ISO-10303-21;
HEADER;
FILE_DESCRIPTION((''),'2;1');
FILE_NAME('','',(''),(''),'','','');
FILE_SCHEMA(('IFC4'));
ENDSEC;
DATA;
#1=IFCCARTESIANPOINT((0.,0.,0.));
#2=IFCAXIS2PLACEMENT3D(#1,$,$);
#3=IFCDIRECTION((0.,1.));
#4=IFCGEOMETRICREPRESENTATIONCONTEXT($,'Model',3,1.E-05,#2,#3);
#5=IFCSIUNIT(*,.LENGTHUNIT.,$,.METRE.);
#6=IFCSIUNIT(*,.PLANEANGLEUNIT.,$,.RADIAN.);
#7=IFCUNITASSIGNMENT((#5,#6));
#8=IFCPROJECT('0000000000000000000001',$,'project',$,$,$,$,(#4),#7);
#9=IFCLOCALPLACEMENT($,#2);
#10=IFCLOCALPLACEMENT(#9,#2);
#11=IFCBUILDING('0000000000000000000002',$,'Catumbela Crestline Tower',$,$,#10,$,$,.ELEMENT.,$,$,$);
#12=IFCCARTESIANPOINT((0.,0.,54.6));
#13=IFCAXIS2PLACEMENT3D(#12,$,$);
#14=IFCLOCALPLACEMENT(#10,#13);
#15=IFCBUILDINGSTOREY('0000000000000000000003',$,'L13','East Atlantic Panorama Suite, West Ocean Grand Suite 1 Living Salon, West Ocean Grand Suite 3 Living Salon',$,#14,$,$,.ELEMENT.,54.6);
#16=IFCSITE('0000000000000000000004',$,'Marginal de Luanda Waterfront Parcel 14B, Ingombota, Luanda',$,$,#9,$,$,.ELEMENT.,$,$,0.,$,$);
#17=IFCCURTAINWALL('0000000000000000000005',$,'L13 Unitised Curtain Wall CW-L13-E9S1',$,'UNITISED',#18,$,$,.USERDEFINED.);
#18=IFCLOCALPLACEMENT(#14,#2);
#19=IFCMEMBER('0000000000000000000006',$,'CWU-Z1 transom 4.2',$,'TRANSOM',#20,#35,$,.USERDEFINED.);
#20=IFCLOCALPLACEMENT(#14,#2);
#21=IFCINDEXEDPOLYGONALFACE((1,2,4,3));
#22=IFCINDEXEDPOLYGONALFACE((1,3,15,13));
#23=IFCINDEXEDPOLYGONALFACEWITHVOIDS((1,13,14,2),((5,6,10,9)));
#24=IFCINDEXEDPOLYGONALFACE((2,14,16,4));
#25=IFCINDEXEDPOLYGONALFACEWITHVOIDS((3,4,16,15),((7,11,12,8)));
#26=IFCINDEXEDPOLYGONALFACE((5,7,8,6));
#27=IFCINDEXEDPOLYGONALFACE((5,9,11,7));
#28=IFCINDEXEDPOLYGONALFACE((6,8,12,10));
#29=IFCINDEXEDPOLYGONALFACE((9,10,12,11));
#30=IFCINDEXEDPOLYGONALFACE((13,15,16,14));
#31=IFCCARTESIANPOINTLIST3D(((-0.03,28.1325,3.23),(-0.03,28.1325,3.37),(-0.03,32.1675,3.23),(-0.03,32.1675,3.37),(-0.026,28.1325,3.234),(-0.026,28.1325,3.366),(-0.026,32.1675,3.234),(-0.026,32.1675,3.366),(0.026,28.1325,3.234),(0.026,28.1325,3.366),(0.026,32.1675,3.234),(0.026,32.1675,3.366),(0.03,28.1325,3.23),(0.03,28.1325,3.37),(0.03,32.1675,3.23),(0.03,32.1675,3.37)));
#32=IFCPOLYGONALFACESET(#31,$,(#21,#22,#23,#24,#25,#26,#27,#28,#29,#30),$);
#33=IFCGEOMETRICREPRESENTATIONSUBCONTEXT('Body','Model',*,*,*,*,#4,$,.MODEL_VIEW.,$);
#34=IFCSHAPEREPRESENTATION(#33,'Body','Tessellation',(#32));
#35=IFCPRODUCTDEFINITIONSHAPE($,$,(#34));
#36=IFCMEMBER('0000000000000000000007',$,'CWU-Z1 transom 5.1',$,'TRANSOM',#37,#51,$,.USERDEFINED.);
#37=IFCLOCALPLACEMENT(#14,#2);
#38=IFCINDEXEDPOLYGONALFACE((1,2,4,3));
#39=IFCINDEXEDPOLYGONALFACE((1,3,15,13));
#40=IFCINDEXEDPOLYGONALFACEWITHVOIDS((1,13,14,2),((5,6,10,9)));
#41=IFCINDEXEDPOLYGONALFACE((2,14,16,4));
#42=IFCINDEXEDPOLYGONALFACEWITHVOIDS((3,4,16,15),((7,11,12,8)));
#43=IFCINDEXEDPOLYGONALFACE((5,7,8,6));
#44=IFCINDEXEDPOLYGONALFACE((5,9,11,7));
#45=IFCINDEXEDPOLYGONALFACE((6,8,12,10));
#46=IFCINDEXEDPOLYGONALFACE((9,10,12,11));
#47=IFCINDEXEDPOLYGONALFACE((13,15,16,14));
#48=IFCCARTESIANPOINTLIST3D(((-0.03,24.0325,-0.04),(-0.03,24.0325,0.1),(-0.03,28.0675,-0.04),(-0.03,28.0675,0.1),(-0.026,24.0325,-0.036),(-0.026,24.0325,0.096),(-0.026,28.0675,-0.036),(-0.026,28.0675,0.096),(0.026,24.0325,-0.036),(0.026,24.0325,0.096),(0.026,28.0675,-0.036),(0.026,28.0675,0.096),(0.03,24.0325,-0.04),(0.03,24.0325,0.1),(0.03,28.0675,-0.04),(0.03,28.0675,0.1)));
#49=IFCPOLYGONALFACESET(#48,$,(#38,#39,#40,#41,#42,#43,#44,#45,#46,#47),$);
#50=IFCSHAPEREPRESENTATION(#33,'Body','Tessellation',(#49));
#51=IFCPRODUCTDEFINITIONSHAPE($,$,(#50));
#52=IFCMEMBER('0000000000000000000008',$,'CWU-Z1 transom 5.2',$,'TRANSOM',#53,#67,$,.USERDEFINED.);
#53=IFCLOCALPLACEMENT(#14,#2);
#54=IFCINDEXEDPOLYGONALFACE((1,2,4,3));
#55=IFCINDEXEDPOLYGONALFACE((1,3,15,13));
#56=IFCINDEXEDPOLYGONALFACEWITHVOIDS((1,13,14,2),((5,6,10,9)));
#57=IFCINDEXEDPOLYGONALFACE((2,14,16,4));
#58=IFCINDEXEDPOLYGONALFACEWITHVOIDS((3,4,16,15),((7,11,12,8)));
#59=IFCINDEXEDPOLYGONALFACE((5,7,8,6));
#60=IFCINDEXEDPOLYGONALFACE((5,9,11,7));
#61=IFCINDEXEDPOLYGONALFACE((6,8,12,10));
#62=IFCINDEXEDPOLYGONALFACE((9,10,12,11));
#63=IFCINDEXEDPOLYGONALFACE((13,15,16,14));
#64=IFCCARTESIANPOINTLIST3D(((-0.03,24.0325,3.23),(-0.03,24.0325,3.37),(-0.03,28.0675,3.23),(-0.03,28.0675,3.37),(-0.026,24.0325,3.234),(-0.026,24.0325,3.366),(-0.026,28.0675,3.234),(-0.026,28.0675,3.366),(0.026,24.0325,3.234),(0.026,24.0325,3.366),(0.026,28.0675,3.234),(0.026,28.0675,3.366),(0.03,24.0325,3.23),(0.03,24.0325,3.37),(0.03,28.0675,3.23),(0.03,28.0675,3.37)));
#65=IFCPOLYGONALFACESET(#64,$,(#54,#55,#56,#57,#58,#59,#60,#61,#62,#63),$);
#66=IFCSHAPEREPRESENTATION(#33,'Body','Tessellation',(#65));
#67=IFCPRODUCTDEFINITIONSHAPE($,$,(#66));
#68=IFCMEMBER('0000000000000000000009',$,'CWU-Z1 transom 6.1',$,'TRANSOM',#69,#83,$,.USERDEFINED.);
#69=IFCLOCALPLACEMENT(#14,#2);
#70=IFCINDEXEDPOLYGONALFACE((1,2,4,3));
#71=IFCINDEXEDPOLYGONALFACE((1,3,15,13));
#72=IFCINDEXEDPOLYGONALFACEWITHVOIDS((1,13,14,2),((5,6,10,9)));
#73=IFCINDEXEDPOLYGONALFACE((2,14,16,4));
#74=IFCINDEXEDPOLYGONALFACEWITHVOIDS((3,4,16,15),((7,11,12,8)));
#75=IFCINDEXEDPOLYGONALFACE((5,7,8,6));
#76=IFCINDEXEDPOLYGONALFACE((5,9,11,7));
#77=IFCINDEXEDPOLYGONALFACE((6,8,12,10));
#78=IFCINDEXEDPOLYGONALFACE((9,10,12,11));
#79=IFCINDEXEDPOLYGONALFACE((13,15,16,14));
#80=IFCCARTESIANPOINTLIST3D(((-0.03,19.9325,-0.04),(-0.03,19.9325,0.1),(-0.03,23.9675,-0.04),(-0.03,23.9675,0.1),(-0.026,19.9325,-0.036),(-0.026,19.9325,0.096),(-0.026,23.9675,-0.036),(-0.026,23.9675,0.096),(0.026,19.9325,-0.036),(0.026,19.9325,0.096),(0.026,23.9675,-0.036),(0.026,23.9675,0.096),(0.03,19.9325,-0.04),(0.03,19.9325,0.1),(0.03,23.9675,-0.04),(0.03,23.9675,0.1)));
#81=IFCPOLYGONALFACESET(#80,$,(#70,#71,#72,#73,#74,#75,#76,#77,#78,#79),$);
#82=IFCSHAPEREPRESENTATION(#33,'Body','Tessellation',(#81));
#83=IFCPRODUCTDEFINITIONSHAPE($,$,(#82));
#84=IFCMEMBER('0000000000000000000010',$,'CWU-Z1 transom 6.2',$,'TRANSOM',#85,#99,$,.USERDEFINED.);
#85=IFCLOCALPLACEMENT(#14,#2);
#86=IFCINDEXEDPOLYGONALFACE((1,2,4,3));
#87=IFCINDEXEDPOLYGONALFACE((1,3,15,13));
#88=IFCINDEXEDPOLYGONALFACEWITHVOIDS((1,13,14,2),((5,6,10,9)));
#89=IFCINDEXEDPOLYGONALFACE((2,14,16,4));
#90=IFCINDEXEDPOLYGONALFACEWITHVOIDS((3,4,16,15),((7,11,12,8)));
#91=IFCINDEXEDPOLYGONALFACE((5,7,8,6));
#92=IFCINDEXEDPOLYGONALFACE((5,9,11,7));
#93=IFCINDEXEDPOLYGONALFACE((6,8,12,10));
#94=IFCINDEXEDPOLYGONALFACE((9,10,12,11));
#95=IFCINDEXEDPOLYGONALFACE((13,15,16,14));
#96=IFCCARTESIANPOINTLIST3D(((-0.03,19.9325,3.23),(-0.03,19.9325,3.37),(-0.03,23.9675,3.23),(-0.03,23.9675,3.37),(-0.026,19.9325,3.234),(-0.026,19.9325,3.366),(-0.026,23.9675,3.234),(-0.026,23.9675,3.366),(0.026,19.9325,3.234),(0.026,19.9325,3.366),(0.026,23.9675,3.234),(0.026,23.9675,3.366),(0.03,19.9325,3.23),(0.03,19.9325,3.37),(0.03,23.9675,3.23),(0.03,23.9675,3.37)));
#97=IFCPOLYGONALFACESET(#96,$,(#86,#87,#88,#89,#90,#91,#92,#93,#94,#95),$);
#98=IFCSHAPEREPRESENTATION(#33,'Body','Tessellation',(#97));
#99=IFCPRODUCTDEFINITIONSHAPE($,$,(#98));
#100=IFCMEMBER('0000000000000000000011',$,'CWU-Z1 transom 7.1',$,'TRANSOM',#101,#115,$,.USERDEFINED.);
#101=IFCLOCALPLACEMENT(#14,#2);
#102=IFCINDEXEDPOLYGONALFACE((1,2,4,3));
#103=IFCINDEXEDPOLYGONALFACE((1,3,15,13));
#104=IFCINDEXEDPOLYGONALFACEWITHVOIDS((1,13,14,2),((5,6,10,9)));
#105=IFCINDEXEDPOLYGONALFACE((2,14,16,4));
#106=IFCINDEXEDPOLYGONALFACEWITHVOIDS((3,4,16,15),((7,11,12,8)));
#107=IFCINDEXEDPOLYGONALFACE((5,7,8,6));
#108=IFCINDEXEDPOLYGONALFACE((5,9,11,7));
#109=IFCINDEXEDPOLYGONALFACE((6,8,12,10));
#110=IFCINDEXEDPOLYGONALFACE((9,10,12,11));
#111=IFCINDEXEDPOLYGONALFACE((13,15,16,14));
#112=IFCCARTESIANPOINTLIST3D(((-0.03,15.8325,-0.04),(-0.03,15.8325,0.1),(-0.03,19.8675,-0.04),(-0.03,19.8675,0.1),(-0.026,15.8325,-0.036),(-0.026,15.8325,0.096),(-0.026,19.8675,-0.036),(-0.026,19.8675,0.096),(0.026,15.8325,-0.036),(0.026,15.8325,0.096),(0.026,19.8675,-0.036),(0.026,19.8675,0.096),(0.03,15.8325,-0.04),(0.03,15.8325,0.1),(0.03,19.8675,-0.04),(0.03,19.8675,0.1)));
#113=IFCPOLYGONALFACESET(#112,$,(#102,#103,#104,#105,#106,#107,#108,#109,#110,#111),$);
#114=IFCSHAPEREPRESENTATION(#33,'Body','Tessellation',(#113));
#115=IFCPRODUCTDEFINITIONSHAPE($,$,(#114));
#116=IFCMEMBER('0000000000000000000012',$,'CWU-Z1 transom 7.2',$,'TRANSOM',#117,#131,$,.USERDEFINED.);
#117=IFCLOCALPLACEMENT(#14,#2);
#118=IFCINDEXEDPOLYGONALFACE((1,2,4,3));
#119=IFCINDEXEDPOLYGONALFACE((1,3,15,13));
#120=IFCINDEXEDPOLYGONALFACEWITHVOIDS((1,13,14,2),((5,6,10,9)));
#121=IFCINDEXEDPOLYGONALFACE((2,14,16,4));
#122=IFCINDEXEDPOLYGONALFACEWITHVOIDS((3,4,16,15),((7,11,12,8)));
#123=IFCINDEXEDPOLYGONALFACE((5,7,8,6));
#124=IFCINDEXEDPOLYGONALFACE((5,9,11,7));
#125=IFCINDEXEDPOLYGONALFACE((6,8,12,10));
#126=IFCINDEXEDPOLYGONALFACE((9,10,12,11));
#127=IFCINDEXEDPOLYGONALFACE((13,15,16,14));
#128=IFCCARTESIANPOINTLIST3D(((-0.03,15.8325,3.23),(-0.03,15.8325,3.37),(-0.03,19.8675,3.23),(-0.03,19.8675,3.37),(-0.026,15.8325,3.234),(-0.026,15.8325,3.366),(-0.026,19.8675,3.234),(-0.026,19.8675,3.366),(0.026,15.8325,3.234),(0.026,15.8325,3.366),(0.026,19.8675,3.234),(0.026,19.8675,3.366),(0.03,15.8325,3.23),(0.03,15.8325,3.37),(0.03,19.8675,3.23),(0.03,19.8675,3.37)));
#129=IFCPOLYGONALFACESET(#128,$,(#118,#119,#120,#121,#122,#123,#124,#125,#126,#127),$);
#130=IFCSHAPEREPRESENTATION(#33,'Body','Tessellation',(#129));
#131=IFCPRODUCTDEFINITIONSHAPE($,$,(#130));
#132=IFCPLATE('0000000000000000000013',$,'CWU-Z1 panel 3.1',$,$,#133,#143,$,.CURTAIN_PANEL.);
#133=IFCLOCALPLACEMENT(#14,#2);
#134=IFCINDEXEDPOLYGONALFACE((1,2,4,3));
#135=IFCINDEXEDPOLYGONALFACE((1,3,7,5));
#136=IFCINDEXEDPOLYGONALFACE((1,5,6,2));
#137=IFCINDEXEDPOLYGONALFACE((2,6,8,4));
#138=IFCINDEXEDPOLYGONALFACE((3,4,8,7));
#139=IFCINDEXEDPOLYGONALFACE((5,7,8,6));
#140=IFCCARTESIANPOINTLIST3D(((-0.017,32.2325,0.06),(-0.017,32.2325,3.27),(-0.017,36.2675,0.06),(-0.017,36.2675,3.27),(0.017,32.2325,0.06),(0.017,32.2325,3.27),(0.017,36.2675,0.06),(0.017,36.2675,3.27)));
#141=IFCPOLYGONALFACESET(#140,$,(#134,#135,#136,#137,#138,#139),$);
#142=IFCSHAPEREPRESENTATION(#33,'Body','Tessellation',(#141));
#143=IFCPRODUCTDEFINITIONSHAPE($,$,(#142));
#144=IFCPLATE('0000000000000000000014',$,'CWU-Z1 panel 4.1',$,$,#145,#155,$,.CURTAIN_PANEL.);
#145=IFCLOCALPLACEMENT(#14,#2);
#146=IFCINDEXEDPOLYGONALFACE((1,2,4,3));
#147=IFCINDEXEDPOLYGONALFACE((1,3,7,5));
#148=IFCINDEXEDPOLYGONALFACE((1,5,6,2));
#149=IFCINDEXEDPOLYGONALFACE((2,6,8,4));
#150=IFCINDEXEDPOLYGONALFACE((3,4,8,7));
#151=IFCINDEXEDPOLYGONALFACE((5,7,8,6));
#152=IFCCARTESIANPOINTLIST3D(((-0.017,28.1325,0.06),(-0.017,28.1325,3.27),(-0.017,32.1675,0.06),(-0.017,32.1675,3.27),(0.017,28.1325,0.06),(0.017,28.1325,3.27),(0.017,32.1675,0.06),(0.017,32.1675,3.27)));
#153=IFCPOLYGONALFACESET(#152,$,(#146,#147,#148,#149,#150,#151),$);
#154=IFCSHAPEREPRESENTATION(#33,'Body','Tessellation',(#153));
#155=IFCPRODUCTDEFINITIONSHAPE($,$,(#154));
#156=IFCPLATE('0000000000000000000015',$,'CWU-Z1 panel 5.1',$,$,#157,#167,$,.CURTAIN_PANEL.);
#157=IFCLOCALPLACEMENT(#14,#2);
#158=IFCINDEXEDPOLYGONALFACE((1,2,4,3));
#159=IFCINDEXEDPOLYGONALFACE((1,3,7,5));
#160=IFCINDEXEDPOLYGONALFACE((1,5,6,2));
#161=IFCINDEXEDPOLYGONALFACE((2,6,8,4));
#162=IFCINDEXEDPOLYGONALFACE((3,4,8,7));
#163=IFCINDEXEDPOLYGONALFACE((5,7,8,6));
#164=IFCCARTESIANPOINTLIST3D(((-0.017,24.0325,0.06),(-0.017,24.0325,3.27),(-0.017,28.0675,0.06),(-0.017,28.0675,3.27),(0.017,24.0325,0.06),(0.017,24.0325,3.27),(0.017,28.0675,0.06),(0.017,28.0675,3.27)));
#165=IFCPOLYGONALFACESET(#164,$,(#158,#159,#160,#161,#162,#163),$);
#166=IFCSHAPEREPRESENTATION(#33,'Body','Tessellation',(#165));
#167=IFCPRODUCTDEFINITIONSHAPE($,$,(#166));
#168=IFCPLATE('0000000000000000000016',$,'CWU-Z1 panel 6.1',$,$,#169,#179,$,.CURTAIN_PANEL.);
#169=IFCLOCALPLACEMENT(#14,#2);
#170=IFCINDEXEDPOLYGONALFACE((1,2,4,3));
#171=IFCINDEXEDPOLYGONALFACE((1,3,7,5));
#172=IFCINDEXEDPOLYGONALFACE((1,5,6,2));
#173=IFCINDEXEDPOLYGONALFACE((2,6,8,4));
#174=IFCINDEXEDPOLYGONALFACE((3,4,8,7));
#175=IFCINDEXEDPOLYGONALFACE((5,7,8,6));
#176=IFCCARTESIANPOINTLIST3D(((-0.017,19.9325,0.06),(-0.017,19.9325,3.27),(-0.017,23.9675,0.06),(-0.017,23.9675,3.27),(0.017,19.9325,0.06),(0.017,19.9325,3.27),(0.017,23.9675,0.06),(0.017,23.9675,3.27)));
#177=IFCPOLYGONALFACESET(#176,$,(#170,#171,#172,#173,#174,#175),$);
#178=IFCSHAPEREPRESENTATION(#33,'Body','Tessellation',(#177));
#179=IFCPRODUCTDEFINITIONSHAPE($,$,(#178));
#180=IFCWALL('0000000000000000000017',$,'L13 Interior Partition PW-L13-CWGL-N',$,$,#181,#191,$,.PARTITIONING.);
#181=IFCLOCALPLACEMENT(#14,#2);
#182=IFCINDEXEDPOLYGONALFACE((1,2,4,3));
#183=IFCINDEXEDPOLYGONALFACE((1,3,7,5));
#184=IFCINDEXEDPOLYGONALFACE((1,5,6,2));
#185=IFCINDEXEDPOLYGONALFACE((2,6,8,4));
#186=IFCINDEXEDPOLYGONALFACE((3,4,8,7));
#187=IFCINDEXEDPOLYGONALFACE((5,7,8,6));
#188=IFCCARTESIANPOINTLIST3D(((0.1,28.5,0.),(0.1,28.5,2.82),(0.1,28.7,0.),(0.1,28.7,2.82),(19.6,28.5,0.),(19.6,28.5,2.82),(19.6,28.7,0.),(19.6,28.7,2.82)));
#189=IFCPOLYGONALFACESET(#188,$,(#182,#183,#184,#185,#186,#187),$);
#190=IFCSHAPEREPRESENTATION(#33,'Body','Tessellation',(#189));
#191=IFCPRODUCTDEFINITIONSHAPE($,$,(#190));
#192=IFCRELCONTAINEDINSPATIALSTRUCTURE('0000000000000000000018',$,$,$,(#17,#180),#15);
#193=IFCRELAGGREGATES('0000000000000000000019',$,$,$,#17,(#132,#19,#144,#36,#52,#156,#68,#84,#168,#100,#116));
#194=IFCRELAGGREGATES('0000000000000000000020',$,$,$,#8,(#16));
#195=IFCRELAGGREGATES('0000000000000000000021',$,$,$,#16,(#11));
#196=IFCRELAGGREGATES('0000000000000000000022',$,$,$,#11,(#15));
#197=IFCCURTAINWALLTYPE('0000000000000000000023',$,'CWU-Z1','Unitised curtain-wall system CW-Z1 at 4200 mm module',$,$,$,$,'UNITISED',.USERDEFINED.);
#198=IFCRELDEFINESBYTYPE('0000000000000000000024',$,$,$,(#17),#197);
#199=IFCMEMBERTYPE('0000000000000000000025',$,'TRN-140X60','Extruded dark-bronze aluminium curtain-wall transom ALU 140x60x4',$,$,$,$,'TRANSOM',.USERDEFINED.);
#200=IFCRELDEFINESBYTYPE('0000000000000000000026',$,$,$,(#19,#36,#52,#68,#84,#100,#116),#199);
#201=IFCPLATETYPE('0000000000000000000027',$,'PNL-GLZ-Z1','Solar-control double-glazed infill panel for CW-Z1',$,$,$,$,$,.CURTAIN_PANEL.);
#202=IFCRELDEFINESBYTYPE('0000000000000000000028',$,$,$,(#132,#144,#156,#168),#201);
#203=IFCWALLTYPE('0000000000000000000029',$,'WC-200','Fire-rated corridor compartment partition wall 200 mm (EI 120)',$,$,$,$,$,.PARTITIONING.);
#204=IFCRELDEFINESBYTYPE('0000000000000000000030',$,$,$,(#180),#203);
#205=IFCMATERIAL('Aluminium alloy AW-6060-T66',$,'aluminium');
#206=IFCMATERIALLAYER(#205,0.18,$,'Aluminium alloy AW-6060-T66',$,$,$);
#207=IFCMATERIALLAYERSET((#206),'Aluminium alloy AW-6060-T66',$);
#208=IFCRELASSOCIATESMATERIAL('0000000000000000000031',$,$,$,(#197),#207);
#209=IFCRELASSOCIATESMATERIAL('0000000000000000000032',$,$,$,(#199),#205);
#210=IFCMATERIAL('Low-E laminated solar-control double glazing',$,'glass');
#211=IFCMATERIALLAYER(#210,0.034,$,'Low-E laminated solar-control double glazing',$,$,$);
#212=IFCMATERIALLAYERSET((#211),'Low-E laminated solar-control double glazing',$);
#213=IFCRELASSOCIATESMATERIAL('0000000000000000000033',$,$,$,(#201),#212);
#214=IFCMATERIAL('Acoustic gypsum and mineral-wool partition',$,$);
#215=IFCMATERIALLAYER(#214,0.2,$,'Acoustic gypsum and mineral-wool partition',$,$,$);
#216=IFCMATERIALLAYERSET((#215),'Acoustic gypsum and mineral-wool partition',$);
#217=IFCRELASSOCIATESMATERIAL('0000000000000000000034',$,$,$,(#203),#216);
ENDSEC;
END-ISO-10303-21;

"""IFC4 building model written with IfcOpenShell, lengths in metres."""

from ifc_helpers import new_model, si_unit, direction, frame, frame_2d, origin, origin_2d, place, context, subcontext, project, spatial, rectangle, hollow_rectangle, extrude, material, layer, layer_set, material_profile, profile_set, type_object, element, aggregate, save


model = new_model("IFC4")

# Units and contexts
model_context = context("Model", 3, precision=1e-05, world=origin(), true_north=direction((0.0, 1.0)))
body_context = subcontext(model_context, "Body", "Model", "MODEL_VIEW")
ifc_project = project(units=[si_unit("LENGTHUNIT", "METRE"), si_unit("PLANEANGLEUNIT", "RADIAN")], contexts=[model_context])

# Site, building, storey
site_placement = place(None, origin())
site = spatial("IfcSite", under=ifc_project, at=site_placement, Name="Marginal de Luanda Waterfront Parcel 14B, Ingombota, Luanda", CompositionType="ELEMENT", RefElevation=0.0)
building_placement = place(site_placement, origin())
building = spatial("IfcBuilding", under=site, at=building_placement, Name="Catumbela Crestline Tower", CompositionType="ELEMENT")
storey_placement = place(building_placement, frame((0.0, 0.0, 54.6)))
storey = spatial("IfcBuildingStorey", under=building, at=storey_placement, Name="L13", Description="East Atlantic Panorama Suite, West Ocean Grand Suite 1 Living Salon, West Ocean Grand Suite 3 Living Salon", CompositionType="ELEMENT", Elevation=54.6)

# Curtain wall
ifc_material_1 = material(Name="Aluminium alloy AW-6060-T66", Category="aluminium")
ifc_layer_1 = layer(ifc_material_1, 0.18, Name="Aluminium alloy AW-6060-T66")
ifc_layer_set_1 = layer_set([ifc_layer_1], Name="Aluminium alloy AW-6060-T66")
curtain_wall_type = type_object("IfcCurtainWallType", Name="CWU-Z1", Description="Unitised curtain-wall system CW-Z1 at 4200 mm module", ElementType="UNITISED", PredefinedType="USERDEFINED", material=ifc_layer_set_1)
curtain_wall_placement = place(storey_placement, origin())
curtain_wall = element("IfcCurtainWall", 1, at=curtain_wall_placement, inside=storey, type_object=curtain_wall_type, Name="L13 Unitised Curtain Wall CW-L13-E9S1", ObjectType="UNITISED", PredefinedType="USERDEFINED")

# Members
ifc_material_profile_1 = material_profile(ifc_material_1, hollow_rectangle(XDim=0.06, YDim=0.14, WallThickness=0.004, at=origin_2d()), Name="ALU 140x60x4")
ifc_profile_set_1 = profile_set([ifc_material_profile_1], Name="Aluminium alloy AW-6060-T66")
member_type_1 = type_object("IfcMemberType", Name="TRN-140X60", Description="Extruded dark-bronze aluminium curtain-wall transom ALU 140x60x4", ElementType="TRANSOM", PredefinedType="USERDEFINED", material=ifc_profile_set_1)
member_1_placement = place(storey_placement, frame((0.0, 32.1675, 3.3), z_axis=(0.0, -1.0, 0.0), x_axis=(1.0, 0.0, 0.0)))
member_1 = element("IfcMember", 2, at=member_1_placement, type_object=member_type_1, Name="CWU-Z1 transom 4.2", ObjectType="TRANSOM", PredefinedType="USERDEFINED", context=body_context, shape_type="SweptSolid", body=[
    extrude(hollow_rectangle(XDim=0.06, YDim=0.14, WallThickness=0.004, at=origin_2d()), origin(), (0.0, 0.0, 1.0), 4.035),
])
member_2_placement = place(storey_placement, frame((0.0, 28.0675, 0.03), z_axis=(0.0, -1.0, 0.0), x_axis=(1.0, 0.0, 0.0)))
member_2 = element("IfcMember", 3, at=member_2_placement, type_object=member_type_1, Name="CWU-Z1 transom 5.1", ObjectType="TRANSOM", PredefinedType="USERDEFINED", context=body_context, shape_type="SweptSolid", body=[
    extrude(hollow_rectangle(XDim=0.06, YDim=0.14, WallThickness=0.004, at=origin_2d()), origin(), (0.0, 0.0, 1.0), 4.035),
])
member_3_placement = place(storey_placement, frame((0.0, 28.0675, 3.3), z_axis=(0.0, -1.0, 0.0), x_axis=(1.0, 0.0, 0.0)))
member_3 = element("IfcMember", 4, at=member_3_placement, type_object=member_type_1, Name="CWU-Z1 transom 5.2", ObjectType="TRANSOM", PredefinedType="USERDEFINED", context=body_context, shape_type="SweptSolid", body=[
    extrude(hollow_rectangle(XDim=0.06, YDim=0.14, WallThickness=0.004, at=origin_2d()), origin(), (0.0, 0.0, 1.0), 4.035),
])
member_4_placement = place(storey_placement, frame((0.0, 23.9675, 0.03), z_axis=(0.0, -1.0, 0.0), x_axis=(1.0, 0.0, 0.0)))
member_4 = element("IfcMember", 5, at=member_4_placement, type_object=member_type_1, Name="CWU-Z1 transom 6.1", ObjectType="TRANSOM", PredefinedType="USERDEFINED", context=body_context, shape_type="SweptSolid", body=[
    extrude(hollow_rectangle(XDim=0.06, YDim=0.14, WallThickness=0.004, at=origin_2d()), origin(), (0.0, 0.0, 1.0), 4.035),
])
member_5_placement = place(storey_placement, frame((0.0, 23.9675, 3.3), z_axis=(0.0, -1.0, 0.0), x_axis=(1.0, 0.0, 0.0)))
member_5 = element("IfcMember", 6, at=member_5_placement, type_object=member_type_1, Name="CWU-Z1 transom 6.2", ObjectType="TRANSOM", PredefinedType="USERDEFINED", context=body_context, shape_type="SweptSolid", body=[
    extrude(hollow_rectangle(XDim=0.06, YDim=0.14, WallThickness=0.004, at=origin_2d()), origin(), (0.0, 0.0, 1.0), 4.035),
])
member_6_placement = place(storey_placement, frame((0.0, 19.8675, 0.03), z_axis=(0.0, -1.0, 0.0), x_axis=(1.0, 0.0, 0.0)))
member_6 = element("IfcMember", 7, at=member_6_placement, type_object=member_type_1, Name="CWU-Z1 transom 7.1", ObjectType="TRANSOM", PredefinedType="USERDEFINED", context=body_context, shape_type="SweptSolid", body=[
    extrude(hollow_rectangle(XDim=0.06, YDim=0.14, WallThickness=0.004, at=origin_2d()), origin(), (0.0, 0.0, 1.0), 4.035),
])
member_7_placement = place(storey_placement, frame((0.0, 19.8675, 3.3), z_axis=(0.0, -1.0, 0.0), x_axis=(1.0, 0.0, 0.0)))
member_7 = element("IfcMember", 8, at=member_7_placement, type_object=member_type_1, Name="CWU-Z1 transom 7.2", ObjectType="TRANSOM", PredefinedType="USERDEFINED", context=body_context, shape_type="SweptSolid", body=[
    extrude(hollow_rectangle(XDim=0.06, YDim=0.14, WallThickness=0.004, at=origin_2d()), origin(), (0.0, 0.0, 1.0), 4.035),
])

# Plates
ifc_material_2 = material(Name="Low-E laminated solar-control double glazing", Category="glass")
ifc_layer_2 = layer(ifc_material_2, 0.034, Name="Low-E laminated solar-control double glazing")
ifc_layer_set_2 = layer_set([ifc_layer_2], Name="Low-E laminated solar-control double glazing")
plate_type = type_object("IfcPlateType", Name="PNL-GLZ-Z1", Description="Solar-control double-glazed infill panel for CW-Z1", PredefinedType="CURTAIN_PANEL", material=ifc_layer_set_2)
plate_1_placement = place(storey_placement, frame((0.0, 34.25, 0.06), z_axis=(0.0, 0.0, 1.0), x_axis=(0.0, -1.0, 0.0)))
plate_1 = element("IfcPlate", 9, at=plate_1_placement, type_object=plate_type, Name="CWU-Z1 panel 3.1", PredefinedType="CURTAIN_PANEL", context=body_context, shape_type="SweptSolid", body=[
    extrude(rectangle(XDim=4.035, YDim=0.034, at=origin_2d()), origin(), (0.0, 0.0, 1.0), 3.21),
])
plate_2_placement = place(storey_placement, frame((0.0, 30.15, 0.06), z_axis=(0.0, 0.0, 1.0), x_axis=(0.0, -1.0, 0.0)))
plate_2 = element("IfcPlate", 10, at=plate_2_placement, type_object=plate_type, Name="CWU-Z1 panel 4.1", PredefinedType="CURTAIN_PANEL", context=body_context, shape_type="SweptSolid", body=[
    extrude(rectangle(XDim=4.035, YDim=0.034, at=origin_2d()), origin(), (0.0, 0.0, 1.0), 3.21),
])
plate_3_placement = place(storey_placement, frame((0.0, 26.05, 0.06), z_axis=(0.0, 0.0, 1.0), x_axis=(0.0, -1.0, 0.0)))
plate_3 = element("IfcPlate", 11, at=plate_3_placement, type_object=plate_type, Name="CWU-Z1 panel 5.1", PredefinedType="CURTAIN_PANEL", context=body_context, shape_type="SweptSolid", body=[
    extrude(rectangle(XDim=4.035, YDim=0.034, at=origin_2d()), origin(), (0.0, 0.0, 1.0), 3.21),
])
plate_4_placement = place(storey_placement, frame((0.0, 21.95, 0.06), z_axis=(0.0, 0.0, 1.0), x_axis=(0.0, -1.0, 0.0)))
plate_4 = element("IfcPlate", 12, at=plate_4_placement, type_object=plate_type, Name="CWU-Z1 panel 6.1", PredefinedType="CURTAIN_PANEL", context=body_context, shape_type="SweptSolid", body=[
    extrude(rectangle(XDim=4.035, YDim=0.034, at=origin_2d()), origin(), (0.0, 0.0, 1.0), 3.21),
])
aggregate(curtain_wall, [plate_1, member_1, plate_2, member_2, member_3, plate_3, member_4, member_5, plate_4, member_6, member_7])

# Wall
ifc_material_3 = material(Name="Acoustic gypsum and mineral-wool partition")
ifc_layer_3 = layer(ifc_material_3, 0.2, Name="Acoustic gypsum and mineral-wool partition")
ifc_layer_set_3 = layer_set([ifc_layer_3], Name="Acoustic gypsum and mineral-wool partition")
wall_type_1 = type_object("IfcWallType", Name="WC-200", Description="Fire-rated corridor compartment partition wall 200 mm (EI 120)", PredefinedType="PARTITIONING", material=ifc_layer_set_3)
wall_1_placement = place(storey_placement, frame((0.1, 28.6, 0.0), z_axis=(0.0, 0.0, 1.0), x_axis=(1.0, 0.0, 0.0)))
element("IfcWall", 13, at=wall_1_placement, inside=storey, type_object=wall_type_1, Name="L13 Interior Partition PW-L13-CWGL-N", PredefinedType="PARTITIONING", context=body_context, shape_type="SweptSolid", body=[
    extrude(rectangle(XDim=19.5, YDim=0.2, at=frame_2d((9.75, 0.0))), origin(), (0.0, 0.0, 1.0), 2.82),
])

save(model, "model.ifc")
